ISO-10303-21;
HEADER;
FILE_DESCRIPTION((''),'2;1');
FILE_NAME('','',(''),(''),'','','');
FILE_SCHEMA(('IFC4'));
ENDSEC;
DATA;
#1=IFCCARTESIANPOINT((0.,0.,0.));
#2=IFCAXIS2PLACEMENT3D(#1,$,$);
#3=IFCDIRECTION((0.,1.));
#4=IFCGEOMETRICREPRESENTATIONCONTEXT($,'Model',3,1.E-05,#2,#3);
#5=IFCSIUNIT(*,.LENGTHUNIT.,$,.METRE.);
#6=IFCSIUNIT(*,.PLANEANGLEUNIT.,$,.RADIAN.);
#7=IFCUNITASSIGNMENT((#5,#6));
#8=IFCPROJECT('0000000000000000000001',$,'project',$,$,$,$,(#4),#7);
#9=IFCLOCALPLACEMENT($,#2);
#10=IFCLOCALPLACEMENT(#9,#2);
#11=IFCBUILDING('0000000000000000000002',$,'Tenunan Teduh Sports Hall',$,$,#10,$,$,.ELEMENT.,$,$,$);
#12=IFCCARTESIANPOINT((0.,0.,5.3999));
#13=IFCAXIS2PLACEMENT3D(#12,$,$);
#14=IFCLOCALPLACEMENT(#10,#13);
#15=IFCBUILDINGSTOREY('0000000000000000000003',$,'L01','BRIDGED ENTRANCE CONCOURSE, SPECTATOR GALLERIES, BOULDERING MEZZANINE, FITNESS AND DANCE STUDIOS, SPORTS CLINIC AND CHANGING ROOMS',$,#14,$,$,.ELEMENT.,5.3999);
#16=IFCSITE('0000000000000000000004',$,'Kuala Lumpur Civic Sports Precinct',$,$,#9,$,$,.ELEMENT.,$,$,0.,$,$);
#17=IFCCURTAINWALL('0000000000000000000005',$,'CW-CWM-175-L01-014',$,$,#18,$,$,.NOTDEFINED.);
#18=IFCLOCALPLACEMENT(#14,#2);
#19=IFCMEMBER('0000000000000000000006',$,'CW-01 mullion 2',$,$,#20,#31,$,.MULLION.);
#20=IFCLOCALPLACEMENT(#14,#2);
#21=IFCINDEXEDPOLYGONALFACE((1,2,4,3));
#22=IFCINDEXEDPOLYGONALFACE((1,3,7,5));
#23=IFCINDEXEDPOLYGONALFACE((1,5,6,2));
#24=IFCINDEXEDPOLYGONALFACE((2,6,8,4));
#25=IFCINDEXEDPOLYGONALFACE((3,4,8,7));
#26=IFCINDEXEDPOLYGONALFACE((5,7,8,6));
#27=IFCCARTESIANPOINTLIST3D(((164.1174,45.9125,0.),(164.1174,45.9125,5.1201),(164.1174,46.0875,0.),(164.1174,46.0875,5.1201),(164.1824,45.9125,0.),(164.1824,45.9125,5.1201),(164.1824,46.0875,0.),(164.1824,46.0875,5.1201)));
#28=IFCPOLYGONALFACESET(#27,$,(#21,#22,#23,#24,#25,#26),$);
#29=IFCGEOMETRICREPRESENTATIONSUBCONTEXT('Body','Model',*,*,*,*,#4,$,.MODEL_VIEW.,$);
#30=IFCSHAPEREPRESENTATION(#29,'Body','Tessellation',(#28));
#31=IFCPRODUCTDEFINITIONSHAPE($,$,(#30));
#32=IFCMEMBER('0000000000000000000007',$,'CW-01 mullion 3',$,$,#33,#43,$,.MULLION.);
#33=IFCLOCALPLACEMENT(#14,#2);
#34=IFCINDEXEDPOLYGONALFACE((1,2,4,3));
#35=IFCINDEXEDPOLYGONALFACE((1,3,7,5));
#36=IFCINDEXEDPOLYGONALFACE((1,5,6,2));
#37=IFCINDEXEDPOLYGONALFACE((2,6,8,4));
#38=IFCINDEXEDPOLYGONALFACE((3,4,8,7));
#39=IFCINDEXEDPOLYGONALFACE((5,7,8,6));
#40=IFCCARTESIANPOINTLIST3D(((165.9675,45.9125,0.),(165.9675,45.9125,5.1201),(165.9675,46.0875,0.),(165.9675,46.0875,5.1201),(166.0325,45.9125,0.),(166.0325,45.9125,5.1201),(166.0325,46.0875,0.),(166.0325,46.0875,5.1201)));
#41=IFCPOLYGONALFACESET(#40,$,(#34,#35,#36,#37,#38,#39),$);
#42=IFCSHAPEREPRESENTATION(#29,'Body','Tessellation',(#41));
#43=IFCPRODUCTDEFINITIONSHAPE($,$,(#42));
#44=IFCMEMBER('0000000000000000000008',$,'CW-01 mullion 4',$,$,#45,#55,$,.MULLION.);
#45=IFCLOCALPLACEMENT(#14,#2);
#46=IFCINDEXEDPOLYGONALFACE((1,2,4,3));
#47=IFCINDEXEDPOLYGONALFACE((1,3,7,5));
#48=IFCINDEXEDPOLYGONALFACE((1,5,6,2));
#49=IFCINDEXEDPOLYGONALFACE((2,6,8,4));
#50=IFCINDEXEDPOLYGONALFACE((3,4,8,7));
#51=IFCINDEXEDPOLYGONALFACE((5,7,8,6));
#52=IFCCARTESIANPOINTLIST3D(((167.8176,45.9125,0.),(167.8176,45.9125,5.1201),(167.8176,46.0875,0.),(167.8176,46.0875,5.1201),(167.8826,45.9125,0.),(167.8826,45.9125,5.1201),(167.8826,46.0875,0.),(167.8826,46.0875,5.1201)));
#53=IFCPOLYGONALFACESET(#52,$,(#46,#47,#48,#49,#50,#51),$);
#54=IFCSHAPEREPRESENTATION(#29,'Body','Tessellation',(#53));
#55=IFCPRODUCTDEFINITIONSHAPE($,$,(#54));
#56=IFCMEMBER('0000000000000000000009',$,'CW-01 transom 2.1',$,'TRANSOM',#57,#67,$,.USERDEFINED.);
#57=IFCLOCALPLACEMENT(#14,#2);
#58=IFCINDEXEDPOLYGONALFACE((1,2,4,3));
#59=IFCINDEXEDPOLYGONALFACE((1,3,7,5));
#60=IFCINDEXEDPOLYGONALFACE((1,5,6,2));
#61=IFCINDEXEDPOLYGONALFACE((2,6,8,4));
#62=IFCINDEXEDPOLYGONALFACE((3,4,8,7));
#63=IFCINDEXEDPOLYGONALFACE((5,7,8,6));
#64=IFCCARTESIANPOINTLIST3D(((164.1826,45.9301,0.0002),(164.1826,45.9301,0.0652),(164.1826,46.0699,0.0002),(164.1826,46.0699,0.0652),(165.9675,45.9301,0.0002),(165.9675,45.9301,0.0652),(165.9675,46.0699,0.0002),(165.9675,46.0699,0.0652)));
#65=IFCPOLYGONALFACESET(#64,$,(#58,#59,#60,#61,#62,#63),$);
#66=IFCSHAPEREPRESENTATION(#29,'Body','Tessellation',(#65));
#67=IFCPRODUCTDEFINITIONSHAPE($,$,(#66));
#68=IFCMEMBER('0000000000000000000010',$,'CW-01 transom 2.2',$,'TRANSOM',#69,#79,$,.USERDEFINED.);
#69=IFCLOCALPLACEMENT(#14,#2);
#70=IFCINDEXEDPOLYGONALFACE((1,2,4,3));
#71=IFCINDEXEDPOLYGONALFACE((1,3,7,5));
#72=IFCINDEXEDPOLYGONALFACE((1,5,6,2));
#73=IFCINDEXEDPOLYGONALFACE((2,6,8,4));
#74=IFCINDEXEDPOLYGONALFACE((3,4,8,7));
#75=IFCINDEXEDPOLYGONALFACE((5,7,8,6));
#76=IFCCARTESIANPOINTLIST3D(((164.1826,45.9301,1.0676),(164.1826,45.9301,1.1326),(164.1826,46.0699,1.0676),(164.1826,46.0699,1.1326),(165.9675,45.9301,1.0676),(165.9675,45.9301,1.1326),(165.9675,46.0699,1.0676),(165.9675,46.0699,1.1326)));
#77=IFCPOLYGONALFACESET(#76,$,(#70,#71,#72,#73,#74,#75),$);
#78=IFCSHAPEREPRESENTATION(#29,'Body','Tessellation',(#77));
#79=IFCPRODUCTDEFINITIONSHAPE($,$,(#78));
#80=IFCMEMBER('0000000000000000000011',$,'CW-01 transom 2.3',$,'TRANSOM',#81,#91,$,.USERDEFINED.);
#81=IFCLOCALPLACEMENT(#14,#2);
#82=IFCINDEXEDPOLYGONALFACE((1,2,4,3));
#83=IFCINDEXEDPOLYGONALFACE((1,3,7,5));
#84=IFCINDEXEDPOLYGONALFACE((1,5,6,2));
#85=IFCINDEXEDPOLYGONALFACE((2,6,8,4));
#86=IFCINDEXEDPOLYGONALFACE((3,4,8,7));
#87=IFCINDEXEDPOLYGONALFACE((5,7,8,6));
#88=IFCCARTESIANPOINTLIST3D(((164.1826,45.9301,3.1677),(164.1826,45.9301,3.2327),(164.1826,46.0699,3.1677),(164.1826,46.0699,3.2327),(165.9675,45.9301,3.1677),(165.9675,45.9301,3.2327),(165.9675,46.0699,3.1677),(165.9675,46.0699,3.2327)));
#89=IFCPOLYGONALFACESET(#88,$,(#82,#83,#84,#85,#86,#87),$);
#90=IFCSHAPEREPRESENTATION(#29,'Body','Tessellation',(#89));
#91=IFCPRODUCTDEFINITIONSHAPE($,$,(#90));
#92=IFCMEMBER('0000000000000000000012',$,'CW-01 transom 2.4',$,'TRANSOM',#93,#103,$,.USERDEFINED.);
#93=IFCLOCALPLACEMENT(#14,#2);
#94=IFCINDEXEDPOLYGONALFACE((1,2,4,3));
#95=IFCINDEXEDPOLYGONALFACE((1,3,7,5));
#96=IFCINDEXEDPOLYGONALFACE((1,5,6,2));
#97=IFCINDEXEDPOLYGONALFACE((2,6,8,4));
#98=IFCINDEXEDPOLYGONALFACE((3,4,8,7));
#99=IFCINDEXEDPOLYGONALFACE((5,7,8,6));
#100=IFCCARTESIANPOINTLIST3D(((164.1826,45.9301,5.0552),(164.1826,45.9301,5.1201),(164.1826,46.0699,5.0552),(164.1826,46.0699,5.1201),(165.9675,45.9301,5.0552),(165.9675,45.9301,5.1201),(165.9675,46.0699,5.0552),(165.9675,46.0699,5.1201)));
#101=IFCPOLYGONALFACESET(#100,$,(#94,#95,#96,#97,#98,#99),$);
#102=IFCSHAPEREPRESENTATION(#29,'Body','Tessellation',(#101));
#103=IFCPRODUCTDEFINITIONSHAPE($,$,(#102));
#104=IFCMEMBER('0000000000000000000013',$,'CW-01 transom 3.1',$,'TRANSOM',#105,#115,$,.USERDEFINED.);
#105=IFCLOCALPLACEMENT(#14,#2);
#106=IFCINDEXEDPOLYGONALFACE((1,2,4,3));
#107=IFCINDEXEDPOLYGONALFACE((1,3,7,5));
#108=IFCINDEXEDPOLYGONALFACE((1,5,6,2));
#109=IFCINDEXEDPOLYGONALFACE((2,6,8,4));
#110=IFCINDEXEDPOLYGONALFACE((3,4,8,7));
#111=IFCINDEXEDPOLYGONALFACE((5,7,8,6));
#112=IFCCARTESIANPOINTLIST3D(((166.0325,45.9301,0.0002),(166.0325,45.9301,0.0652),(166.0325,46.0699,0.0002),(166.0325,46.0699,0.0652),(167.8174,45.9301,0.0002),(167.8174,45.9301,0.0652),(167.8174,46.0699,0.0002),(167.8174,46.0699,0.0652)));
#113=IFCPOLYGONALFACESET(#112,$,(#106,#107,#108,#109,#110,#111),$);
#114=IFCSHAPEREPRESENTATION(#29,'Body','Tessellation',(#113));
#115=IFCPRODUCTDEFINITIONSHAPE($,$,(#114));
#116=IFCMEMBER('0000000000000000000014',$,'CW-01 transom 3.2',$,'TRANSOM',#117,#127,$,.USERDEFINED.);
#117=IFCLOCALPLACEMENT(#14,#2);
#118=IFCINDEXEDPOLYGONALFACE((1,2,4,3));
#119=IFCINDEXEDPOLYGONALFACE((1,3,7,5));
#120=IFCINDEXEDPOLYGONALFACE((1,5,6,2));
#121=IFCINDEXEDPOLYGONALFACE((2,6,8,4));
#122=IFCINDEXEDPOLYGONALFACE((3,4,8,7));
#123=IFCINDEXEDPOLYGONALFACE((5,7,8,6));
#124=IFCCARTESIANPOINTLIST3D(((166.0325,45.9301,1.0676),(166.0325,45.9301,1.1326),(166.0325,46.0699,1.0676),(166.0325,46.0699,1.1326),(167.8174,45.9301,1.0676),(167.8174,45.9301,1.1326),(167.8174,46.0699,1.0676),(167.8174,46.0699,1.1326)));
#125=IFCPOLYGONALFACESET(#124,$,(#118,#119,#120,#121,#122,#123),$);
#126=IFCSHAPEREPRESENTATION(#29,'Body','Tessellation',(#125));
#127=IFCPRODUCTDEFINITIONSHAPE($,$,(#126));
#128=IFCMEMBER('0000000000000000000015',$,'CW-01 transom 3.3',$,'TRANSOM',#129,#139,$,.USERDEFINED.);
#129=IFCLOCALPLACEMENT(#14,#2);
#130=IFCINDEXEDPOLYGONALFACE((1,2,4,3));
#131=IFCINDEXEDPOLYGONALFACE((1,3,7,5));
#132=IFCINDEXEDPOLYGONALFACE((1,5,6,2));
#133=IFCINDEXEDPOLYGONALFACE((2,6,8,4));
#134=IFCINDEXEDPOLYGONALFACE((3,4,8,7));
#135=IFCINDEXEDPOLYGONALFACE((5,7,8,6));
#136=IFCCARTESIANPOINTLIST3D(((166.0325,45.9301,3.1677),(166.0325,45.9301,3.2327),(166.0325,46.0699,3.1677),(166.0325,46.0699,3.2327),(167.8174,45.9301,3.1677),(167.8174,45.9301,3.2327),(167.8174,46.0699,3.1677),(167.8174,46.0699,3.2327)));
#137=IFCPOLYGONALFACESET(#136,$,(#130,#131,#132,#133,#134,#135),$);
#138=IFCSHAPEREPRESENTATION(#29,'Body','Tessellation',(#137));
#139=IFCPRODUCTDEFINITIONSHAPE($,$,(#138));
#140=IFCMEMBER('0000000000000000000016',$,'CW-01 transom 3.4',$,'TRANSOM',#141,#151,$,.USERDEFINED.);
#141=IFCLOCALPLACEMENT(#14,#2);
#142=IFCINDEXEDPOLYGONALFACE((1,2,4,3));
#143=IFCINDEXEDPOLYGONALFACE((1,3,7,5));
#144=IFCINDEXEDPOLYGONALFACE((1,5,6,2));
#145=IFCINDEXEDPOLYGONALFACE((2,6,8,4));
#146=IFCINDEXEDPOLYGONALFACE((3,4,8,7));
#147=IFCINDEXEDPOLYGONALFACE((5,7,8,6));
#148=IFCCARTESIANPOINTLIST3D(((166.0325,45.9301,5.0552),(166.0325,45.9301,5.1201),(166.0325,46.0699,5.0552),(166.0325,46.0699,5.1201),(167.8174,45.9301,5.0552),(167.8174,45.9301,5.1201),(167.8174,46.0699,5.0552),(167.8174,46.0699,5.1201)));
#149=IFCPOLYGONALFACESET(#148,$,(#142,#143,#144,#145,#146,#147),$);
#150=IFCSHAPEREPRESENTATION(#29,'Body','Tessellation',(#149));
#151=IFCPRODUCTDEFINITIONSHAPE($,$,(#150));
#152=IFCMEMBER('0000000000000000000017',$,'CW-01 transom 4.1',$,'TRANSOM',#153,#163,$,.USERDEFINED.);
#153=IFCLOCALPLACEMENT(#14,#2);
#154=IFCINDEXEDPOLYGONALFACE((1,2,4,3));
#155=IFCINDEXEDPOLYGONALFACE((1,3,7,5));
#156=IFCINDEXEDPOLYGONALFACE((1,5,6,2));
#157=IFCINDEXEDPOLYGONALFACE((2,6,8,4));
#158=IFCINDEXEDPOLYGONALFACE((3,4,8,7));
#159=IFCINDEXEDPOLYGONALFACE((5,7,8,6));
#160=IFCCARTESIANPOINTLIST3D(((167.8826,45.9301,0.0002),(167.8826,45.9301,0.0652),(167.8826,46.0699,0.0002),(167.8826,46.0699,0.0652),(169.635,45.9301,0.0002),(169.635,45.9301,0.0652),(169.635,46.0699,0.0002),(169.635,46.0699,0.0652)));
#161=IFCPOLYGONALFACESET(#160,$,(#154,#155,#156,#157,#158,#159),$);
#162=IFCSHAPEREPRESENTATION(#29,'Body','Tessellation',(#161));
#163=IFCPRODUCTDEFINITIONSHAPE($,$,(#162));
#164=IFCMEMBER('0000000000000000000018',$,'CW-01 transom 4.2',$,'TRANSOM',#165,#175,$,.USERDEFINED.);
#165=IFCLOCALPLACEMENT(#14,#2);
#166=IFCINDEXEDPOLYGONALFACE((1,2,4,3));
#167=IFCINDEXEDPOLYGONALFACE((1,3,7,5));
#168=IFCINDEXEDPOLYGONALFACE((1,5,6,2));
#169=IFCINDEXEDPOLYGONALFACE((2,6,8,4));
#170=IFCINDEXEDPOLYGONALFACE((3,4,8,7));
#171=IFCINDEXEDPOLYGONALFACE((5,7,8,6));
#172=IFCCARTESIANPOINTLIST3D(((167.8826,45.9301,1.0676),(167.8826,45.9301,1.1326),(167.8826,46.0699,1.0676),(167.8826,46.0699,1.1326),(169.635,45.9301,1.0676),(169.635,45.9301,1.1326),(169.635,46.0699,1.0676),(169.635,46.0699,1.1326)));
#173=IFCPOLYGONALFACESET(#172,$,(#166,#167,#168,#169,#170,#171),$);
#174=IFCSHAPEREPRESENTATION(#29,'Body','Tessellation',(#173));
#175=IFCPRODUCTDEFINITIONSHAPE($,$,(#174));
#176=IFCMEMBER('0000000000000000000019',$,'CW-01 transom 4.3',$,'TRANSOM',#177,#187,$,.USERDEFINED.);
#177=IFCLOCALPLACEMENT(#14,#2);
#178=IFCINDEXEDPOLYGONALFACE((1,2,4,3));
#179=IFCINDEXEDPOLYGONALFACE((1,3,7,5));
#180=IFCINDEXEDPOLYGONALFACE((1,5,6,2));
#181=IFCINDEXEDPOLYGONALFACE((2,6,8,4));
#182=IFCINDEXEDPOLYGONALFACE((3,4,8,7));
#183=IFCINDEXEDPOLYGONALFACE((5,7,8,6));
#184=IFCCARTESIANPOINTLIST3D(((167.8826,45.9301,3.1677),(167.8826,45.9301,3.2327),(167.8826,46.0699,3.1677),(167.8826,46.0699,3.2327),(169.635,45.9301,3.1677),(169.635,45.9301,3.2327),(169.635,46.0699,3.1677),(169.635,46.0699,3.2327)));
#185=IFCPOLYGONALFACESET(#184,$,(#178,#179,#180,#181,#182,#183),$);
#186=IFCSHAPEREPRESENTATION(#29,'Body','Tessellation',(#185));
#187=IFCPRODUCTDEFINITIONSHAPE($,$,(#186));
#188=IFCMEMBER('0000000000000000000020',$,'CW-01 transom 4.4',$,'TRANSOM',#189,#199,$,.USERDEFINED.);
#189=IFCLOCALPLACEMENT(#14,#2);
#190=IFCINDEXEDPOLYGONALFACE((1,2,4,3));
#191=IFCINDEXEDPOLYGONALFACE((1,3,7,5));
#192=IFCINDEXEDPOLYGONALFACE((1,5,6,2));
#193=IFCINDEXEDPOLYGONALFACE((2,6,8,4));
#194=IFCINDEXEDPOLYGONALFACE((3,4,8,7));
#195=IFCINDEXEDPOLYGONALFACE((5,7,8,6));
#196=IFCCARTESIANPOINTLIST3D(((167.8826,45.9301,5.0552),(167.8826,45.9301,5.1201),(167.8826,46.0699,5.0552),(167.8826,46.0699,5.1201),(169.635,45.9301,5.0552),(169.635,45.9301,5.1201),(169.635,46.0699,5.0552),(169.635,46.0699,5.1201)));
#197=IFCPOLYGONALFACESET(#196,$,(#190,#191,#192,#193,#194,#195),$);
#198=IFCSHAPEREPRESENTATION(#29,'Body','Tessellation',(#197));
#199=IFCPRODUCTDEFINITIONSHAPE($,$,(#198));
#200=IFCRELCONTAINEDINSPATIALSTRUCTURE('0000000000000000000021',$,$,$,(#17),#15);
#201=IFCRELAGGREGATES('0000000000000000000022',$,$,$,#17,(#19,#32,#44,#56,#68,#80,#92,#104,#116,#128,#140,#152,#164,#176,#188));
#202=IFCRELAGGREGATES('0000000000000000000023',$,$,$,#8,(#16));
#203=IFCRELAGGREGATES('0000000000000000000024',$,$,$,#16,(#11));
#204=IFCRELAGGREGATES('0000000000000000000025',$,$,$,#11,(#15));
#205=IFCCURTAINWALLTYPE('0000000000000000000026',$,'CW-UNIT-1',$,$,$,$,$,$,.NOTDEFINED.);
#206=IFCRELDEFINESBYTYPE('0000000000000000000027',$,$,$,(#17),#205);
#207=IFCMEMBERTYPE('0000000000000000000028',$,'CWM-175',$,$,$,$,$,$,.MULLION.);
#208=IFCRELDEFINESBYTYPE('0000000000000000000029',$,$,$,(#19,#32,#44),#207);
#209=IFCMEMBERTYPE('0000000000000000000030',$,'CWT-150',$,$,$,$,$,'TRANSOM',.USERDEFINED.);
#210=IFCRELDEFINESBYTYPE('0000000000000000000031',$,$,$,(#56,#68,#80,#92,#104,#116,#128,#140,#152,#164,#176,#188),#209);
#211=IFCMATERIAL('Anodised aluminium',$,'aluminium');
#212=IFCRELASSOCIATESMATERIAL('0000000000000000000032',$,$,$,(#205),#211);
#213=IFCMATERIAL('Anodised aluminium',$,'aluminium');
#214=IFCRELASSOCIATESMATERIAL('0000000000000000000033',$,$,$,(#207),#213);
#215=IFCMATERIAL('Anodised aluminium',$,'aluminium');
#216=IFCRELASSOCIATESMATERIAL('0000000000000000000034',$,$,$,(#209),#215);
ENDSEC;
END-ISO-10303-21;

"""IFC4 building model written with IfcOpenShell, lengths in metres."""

from ifc_helpers import new_model, si_unit, direction, frame, origin, origin_2d, place, context, subcontext, project, spatial, rectangle, extrude, material, material_profile, profile_set, type_object, element, aggregate, save


model = new_model("IFC4")

# Units and contexts
model_context = context("Model", 3, precision=1e-05, world=origin(), true_north=direction((0.0, 1.0)))
body_context = subcontext(model_context, "Body", "Model", "MODEL_VIEW")
ifc_project = project(units=[si_unit("LENGTHUNIT", "METRE"), si_unit("PLANEANGLEUNIT", "RADIAN")], contexts=[model_context])

# Site, building, storey
site_placement = place(None, origin())
site = spatial("IfcSite", under=ifc_project, at=site_placement, Name="Kuala Lumpur Civic Sports Precinct", CompositionType="ELEMENT", RefElevation=0.0)
building_placement = place(site_placement, origin())
building = spatial("IfcBuilding", under=site, at=building_placement, Name="Tenunan Teduh Sports Hall", CompositionType="ELEMENT")
storey_placement = place(building_placement, frame((0.0, 0.0, 5.3999)))
storey = spatial("IfcBuildingStorey", under=building, at=storey_placement, Name="L01", Description="BRIDGED ENTRANCE CONCOURSE, SPECTATOR GALLERIES, BOULDERING MEZZANINE, FITNESS AND DANCE STUDIOS, SPORTS CLINIC AND CHANGING ROOMS", CompositionType="ELEMENT", Elevation=5.3999)

# Curtain wall, members
ifc_material_1 = material(Name="Anodised aluminium", Category="aluminium")
curtain_wall_type = type_object("IfcCurtainWallType", Name="CW-UNIT-1", PredefinedType="NOTDEFINED", material=ifc_material_1)
curtain_wall_placement = place(storey_placement, origin())
curtain_wall = element("IfcCurtainWall", 1, at=curtain_wall_placement, inside=storey, type_object=curtain_wall_type, Name="CW-CWM-175-L01-014", PredefinedType="NOTDEFINED")
ifc_material_2 = material(Name="Anodised aluminium", Category="aluminium")
ifc_material_profile_1 = material_profile(ifc_material_2, rectangle(XDim=0.0649, YDim=0.175, at=origin_2d()), Name="CWM 65x175")
ifc_profile_set_1 = profile_set([ifc_material_profile_1], Name="Anodised aluminium")
member_type_1 = type_object("IfcMemberType", Name="CWM-175", PredefinedType="MULLION", material=ifc_profile_set_1)
member_1_placement = place(storey_placement, frame((164.1499, 46.0, 0.0), z_axis=(0.0, 0.0, 1.0), x_axis=(1.0, 0.0, 0.0)))
member_1 = element("IfcMember", 2, at=member_1_placement, type_object=member_type_1, Name="CW-01 mullion 2", PredefinedType="MULLION", context=body_context, shape_type="SweptSolid", body=[
    extrude(rectangle(XDim=0.0649, YDim=0.175, at=origin_2d()), origin(), (0.0, 0.0, 1.0), 5.1201),
])
member_2_placement = place(storey_placement, frame((166.0, 46.0, 0.0), z_axis=(0.0, 0.0, 1.0), x_axis=(1.0, 0.0, 0.0)))
member_2 = element("IfcMember", 3, at=member_2_placement, type_object=member_type_1, Name="CW-01 mullion 3", PredefinedType="MULLION", context=body_context, shape_type="SweptSolid", body=[
    extrude(rectangle(XDim=0.0649, YDim=0.175, at=origin_2d()), origin(), (0.0, 0.0, 1.0), 5.1201),
])
member_3_placement = place(storey_placement, frame((167.8501, 46.0, 0.0), z_axis=(0.0, 0.0, 1.0), x_axis=(1.0, 0.0, 0.0)))
member_3 = element("IfcMember", 4, at=member_3_placement, type_object=member_type_1, Name="CW-01 mullion 4", PredefinedType="MULLION", context=body_context, shape_type="SweptSolid", body=[
    extrude(rectangle(XDim=0.0649, YDim=0.175, at=origin_2d()), origin(), (0.0, 0.0, 1.0), 5.1201),
])
ifc_material_3 = material(Name="Anodised aluminium", Category="aluminium")
ifc_material_profile_2 = material_profile(ifc_material_3, rectangle(XDim=0.0649, YDim=0.1399, at=origin_2d()), Name="CWT 65x140")
ifc_profile_set_2 = profile_set([ifc_material_profile_2], Name="Anodised aluminium")
member_type_2 = type_object("IfcMemberType", Name="CWT-150", ElementType="TRANSOM", PredefinedType="USERDEFINED", material=ifc_profile_set_2)
member_4_placement = place(storey_placement, frame((164.1826, 46.0, 0.0327), z_axis=(1.0, 0.0, 0.0), x_axis=(0.0, 0.0, 1.0)))
member_4 = element("IfcMember", 5, at=member_4_placement, type_object=member_type_2, Name="CW-01 transom 2.1", ObjectType="TRANSOM", PredefinedType="USERDEFINED", context=body_context, shape_type="SweptSolid", body=[
    extrude(rectangle(XDim=0.0649, YDim=0.1399, at=origin_2d()), origin(), (0.0, 0.0, 1.0), 1.7849),
])
member_5_placement = place(storey_placement, frame((164.1826, 46.0, 1.1001), z_axis=(1.0, 0.0, 0.0), x_axis=(0.0, 0.0, 1.0)))
member_5 = element("IfcMember", 6, at=member_5_placement, type_object=member_type_2, Name="CW-01 transom 2.2", ObjectType="TRANSOM", PredefinedType="USERDEFINED", context=body_context, shape_type="SweptSolid", body=[
    extrude(rectangle(XDim=0.0649, YDim=0.1399, at=origin_2d()), origin(), (0.0, 0.0, 1.0), 1.7849),
])
member_6_placement = place(storey_placement, frame((164.1826, 46.0, 3.2002), z_axis=(1.0, 0.0, 0.0), x_axis=(0.0, 0.0, 1.0)))
member_6 = element("IfcMember", 7, at=member_6_placement, type_object=member_type_2, Name="CW-01 transom 2.3", ObjectType="TRANSOM", PredefinedType="USERDEFINED", context=body_context, shape_type="SweptSolid", body=[
    extrude(rectangle(XDim=0.0649, YDim=0.1399, at=origin_2d()), origin(), (0.0, 0.0, 1.0), 1.7849),
])
member_7_placement = place(storey_placement, frame((164.1826, 46.0, 5.0876), z_axis=(1.0, 0.0, 0.0), x_axis=(0.0, 0.0, 1.0)))
member_7 = element("IfcMember", 8, at=member_7_placement, type_object=member_type_2, Name="CW-01 transom 2.4", ObjectType="TRANSOM", PredefinedType="USERDEFINED", context=body_context, shape_type="SweptSolid", body=[
    extrude(rectangle(XDim=0.0649, YDim=0.1399, at=origin_2d()), origin(), (0.0, 0.0, 1.0), 1.7849),
])
member_8_placement = place(storey_placement, frame((166.0325, 46.0, 0.0327), z_axis=(1.0, 0.0, 0.0), x_axis=(0.0, 0.0, 1.0)))
member_8 = element("IfcMember", 9, at=member_8_placement, type_object=member_type_2, Name="CW-01 transom 3.1", ObjectType="TRANSOM", PredefinedType="USERDEFINED", context=body_context, shape_type="SweptSolid", body=[
    extrude(rectangle(XDim=0.0649, YDim=0.1399, at=origin_2d()), origin(), (0.0, 0.0, 1.0), 1.7849),
])
member_9_placement = place(storey_placement, frame((166.0325, 46.0, 1.1001), z_axis=(1.0, 0.0, 0.0), x_axis=(0.0, 0.0, 1.0)))
member_9 = element("IfcMember", 10, at=member_9_placement, type_object=member_type_2, Name="CW-01 transom 3.2", ObjectType="TRANSOM", PredefinedType="USERDEFINED", context=body_context, shape_type="SweptSolid", body=[
    extrude(rectangle(XDim=0.0649, YDim=0.1399, at=origin_2d()), origin(), (0.0, 0.0, 1.0), 1.7849),
])
member_10_placement = place(storey_placement, frame((166.0325, 46.0, 3.2002), z_axis=(1.0, 0.0, 0.0), x_axis=(0.0, 0.0, 1.0)))
member_10 = element("IfcMember", 11, at=member_10_placement, type_object=member_type_2, Name="CW-01 transom 3.3", ObjectType="TRANSOM", PredefinedType="USERDEFINED", context=body_context, shape_type="SweptSolid", body=[
    extrude(rectangle(XDim=0.0649, YDim=0.1399, at=origin_2d()), origin(), (0.0, 0.0, 1.0), 1.7849),
])
member_11_placement = place(storey_placement, frame((166.0325, 46.0, 5.0876), z_axis=(1.0, 0.0, 0.0), x_axis=(0.0, 0.0, 1.0)))
member_11 = element("IfcMember", 12, at=member_11_placement, type_object=member_type_2, Name="CW-01 transom 3.4", ObjectType="TRANSOM", PredefinedType="USERDEFINED", context=body_context, shape_type="SweptSolid", body=[
    extrude(rectangle(XDim=0.0649, YDim=0.1399, at=origin_2d()), origin(), (0.0, 0.0, 1.0), 1.7849),
])
member_12_placement = place(storey_placement, frame((167.8826, 46.0, 0.0327), z_axis=(1.0, 0.0, 0.0), x_axis=(0.0, 0.0, 1.0)))
member_12 = element("IfcMember", 13, at=member_12_placement, type_object=member_type_2, Name="CW-01 transom 4.1", ObjectType="TRANSOM", PredefinedType="USERDEFINED", context=body_context, shape_type="SweptSolid", body=[
    extrude(rectangle(XDim=0.0649, YDim=0.1399, at=origin_2d()), origin(), (0.0, 0.0, 1.0), 1.7524),
])
member_13_placement = place(storey_placement, frame((167.8826, 46.0, 1.1001), z_axis=(1.0, 0.0, 0.0), x_axis=(0.0, 0.0, 1.0)))
member_13 = element("IfcMember", 14, at=member_13_placement, type_object=member_type_2, Name="CW-01 transom 4.2", ObjectType="TRANSOM", PredefinedType="USERDEFINED", context=body_context, shape_type="SweptSolid", body=[
    extrude(rectangle(XDim=0.0649, YDim=0.1399, at=origin_2d()), origin(), (0.0, 0.0, 1.0), 1.7524),
])
member_14_placement = place(storey_placement, frame((167.8826, 46.0, 3.2002), z_axis=(1.0, 0.0, 0.0), x_axis=(0.0, 0.0, 1.0)))
member_14 = element("IfcMember", 15, at=member_14_placement, type_object=member_type_2, Name="CW-01 transom 4.3", ObjectType="TRANSOM", PredefinedType="USERDEFINED", context=body_context, shape_type="SweptSolid", body=[
    extrude(rectangle(XDim=0.0649, YDim=0.1399, at=origin_2d()), origin(), (0.0, 0.0, 1.0), 1.7524),
])
member_15_placement = place(storey_placement, frame((167.8826, 46.0, 5.0876), z_axis=(1.0, 0.0, 0.0), x_axis=(0.0, 0.0, 1.0)))
member_15 = element("IfcMember", 16, at=member_15_placement, type_object=member_type_2, Name="CW-01 transom 4.4", ObjectType="TRANSOM", PredefinedType="USERDEFINED", context=body_context, shape_type="SweptSolid", body=[
    extrude(rectangle(XDim=0.0649, YDim=0.1399, at=origin_2d()), origin(), (0.0, 0.0, 1.0), 1.7524),
])

aggregate(curtain_wall, [member_1, member_2, member_3, member_4, member_5, member_6, member_7, member_8, member_9, member_10, member_11, member_12, member_13, member_14, member_15])

save(model, "model.ifc")
